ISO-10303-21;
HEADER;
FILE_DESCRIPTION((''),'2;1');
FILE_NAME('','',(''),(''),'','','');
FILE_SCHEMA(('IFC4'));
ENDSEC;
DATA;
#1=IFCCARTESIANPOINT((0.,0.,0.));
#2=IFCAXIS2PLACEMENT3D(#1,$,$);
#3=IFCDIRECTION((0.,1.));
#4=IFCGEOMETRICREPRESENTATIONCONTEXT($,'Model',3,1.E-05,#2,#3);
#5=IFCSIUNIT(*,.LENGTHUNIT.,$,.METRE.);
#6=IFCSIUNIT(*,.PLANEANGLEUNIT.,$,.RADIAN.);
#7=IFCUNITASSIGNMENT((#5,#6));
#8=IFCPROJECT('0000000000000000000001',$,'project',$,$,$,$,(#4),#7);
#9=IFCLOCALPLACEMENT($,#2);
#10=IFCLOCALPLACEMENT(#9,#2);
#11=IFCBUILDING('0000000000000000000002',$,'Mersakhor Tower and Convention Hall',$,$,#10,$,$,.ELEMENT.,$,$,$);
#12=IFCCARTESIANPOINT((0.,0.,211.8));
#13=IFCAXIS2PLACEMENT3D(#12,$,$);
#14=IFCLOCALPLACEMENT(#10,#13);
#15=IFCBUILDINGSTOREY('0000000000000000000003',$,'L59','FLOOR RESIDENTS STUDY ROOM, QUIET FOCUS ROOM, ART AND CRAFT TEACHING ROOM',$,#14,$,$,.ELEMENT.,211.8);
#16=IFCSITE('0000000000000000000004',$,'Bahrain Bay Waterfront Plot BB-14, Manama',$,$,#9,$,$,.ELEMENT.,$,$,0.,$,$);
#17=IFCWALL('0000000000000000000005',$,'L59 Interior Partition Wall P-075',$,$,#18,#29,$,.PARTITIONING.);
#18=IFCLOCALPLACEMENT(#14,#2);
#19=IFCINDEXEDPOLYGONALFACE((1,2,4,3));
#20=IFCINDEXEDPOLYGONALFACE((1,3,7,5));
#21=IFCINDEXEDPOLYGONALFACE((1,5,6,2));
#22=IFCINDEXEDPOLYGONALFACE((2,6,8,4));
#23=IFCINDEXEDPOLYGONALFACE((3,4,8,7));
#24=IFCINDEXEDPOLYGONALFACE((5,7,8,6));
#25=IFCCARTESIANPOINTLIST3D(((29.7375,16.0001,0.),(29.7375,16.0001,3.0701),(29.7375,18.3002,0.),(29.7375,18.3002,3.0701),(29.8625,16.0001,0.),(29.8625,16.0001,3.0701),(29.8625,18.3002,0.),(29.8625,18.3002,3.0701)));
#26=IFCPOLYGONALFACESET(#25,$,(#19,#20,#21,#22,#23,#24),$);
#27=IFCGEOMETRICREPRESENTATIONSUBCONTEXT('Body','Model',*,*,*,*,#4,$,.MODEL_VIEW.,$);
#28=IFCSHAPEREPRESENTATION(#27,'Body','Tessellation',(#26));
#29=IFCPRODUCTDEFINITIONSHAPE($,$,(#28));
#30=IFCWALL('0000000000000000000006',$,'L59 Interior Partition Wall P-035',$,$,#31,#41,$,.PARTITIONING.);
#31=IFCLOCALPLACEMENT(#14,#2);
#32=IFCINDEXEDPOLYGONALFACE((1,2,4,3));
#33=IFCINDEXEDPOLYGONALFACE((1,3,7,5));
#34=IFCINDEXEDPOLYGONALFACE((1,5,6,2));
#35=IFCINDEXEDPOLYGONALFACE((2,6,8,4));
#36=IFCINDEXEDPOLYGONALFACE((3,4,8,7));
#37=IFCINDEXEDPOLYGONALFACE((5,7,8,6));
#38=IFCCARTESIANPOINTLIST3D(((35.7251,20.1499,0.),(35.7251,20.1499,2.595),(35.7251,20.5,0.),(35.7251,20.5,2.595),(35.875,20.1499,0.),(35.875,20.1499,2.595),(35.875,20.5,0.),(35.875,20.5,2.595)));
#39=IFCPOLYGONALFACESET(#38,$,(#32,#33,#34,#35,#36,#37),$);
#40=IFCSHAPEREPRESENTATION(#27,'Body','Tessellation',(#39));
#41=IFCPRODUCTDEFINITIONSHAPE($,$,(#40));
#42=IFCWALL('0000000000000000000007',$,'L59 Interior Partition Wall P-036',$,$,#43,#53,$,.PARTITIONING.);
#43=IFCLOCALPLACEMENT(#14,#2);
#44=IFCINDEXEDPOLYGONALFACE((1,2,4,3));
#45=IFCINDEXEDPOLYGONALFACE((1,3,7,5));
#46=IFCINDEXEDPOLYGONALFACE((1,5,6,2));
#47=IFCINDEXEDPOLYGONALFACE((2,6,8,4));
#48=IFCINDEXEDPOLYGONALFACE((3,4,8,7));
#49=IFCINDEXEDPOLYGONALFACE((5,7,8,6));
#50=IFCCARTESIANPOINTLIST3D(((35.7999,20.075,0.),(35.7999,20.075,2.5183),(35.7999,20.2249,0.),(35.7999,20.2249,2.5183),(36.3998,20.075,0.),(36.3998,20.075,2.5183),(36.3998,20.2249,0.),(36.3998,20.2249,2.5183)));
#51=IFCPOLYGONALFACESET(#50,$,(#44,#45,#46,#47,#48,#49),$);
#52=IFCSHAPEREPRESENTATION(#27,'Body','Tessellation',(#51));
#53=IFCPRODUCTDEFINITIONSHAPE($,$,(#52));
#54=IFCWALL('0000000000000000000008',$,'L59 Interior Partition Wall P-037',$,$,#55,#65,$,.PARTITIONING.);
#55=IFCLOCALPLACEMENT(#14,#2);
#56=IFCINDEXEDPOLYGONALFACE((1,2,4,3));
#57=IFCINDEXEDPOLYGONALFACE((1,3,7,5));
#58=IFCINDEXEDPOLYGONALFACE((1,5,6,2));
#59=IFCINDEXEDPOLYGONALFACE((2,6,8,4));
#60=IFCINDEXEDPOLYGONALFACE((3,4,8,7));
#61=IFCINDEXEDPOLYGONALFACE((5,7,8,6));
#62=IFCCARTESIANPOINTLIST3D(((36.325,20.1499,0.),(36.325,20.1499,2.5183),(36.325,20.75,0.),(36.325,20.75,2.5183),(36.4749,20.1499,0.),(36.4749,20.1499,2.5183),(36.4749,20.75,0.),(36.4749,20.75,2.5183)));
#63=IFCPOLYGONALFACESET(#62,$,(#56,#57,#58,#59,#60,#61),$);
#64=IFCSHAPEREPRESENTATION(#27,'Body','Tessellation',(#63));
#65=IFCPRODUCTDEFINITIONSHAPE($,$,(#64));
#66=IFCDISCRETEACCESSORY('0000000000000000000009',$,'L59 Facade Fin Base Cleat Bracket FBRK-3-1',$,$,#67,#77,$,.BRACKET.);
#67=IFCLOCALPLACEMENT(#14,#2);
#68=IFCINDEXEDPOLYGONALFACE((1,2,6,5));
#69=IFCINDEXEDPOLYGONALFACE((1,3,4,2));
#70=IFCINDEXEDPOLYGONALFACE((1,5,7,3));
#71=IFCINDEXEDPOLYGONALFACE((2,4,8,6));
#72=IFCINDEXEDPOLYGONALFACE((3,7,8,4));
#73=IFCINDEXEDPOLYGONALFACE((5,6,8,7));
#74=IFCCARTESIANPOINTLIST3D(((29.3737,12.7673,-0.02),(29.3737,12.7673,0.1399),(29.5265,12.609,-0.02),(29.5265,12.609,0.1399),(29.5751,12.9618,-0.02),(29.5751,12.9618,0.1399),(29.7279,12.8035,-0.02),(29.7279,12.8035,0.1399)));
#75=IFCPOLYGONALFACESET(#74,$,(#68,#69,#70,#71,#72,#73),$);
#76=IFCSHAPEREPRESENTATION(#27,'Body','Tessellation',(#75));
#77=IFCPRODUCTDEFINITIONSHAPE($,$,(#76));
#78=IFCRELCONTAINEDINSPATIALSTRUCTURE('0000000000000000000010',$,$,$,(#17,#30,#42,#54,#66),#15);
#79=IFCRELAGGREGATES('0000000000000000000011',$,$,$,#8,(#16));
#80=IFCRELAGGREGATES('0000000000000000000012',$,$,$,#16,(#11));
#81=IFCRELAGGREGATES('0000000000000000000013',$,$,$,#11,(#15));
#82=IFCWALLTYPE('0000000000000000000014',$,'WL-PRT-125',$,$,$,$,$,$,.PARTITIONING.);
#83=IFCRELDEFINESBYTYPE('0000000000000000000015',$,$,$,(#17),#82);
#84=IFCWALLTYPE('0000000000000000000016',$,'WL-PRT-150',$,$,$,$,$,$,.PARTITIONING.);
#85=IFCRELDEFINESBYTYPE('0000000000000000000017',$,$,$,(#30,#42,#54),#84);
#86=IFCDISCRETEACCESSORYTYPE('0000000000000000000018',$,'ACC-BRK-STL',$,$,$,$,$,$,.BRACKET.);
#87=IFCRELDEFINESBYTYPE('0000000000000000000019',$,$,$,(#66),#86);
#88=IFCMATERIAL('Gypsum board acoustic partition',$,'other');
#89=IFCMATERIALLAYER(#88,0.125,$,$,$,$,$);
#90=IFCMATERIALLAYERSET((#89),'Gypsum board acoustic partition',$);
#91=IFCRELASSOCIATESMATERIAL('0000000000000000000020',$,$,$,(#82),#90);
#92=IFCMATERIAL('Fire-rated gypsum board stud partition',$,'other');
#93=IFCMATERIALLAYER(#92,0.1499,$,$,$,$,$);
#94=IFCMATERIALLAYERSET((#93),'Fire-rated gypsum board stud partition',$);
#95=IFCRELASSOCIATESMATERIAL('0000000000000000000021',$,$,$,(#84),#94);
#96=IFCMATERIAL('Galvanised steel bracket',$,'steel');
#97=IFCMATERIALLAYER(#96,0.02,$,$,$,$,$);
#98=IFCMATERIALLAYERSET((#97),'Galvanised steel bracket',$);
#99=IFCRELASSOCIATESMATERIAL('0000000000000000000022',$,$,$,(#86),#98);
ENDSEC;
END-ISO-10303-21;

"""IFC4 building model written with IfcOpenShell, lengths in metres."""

from ifc_helpers import new_model, si_unit, direction, frame, frame_2d, origin, origin_2d, place, context, subcontext, project, spatial, rectangle, extrude, material, layer, layer_set, type_object, element, save


model = new_model("IFC4")

# Units and contexts
model_context = context("Model", 3, precision=1e-05, world=origin(), true_north=direction((0.0, 1.0)))
body_context = subcontext(model_context, "Body", "Model", "MODEL_VIEW")
ifc_project = project(units=[si_unit("LENGTHUNIT", "METRE"), si_unit("PLANEANGLEUNIT", "RADIAN")], contexts=[model_context])

# Site, building, storey
site_placement = place(None, origin())
site = spatial("IfcSite", under=ifc_project, at=site_placement, Name="Bahrain Bay Waterfront Plot BB-14, Manama", CompositionType="ELEMENT", RefElevation=0.0)
building_placement = place(site_placement, origin())
building = spatial("IfcBuilding", under=site, at=building_placement, Name="Mersakhor Tower and Convention Hall", CompositionType="ELEMENT")
storey_placement = place(building_placement, frame((0.0, 0.0, 211.8)))
storey = spatial("IfcBuildingStorey", under=building, at=storey_placement, Name="L59", Description="FLOOR RESIDENTS STUDY ROOM, QUIET FOCUS ROOM, ART AND CRAFT TEACHING ROOM", CompositionType="ELEMENT", Elevation=211.8)

# Walls
ifc_material_1 = material(Name="Gypsum board acoustic partition", Category="other")
ifc_layer_1 = layer(ifc_material_1, 0.125)
ifc_layer_set_1 = layer_set([ifc_layer_1], Name="Gypsum board acoustic partition")
wall_type_1 = type_object("IfcWallType", Name="WL-PRT-125", PredefinedType="PARTITIONING", material=ifc_layer_set_1)
wall_1_placement = place(storey_placement, frame((29.8, 18.3, 0.0), z_axis=(0.0, 0.0, 1.0), x_axis=(0.0, -1.0, 0.0)))
element("IfcWall", 1, at=wall_1_placement, inside=storey, type_object=wall_type_1, Name="L59 Interior Partition Wall P-075", PredefinedType="PARTITIONING", context=body_context, shape_type="SweptSolid", body=[
    extrude(rectangle(XDim=2.3, YDim=0.125, at=frame_2d((1.1499, 0.0))), origin(), (0.0, 0.0, 1.0), 3.0701),
])
ifc_material_2 = material(Name="Fire-rated gypsum board stud partition", Category="other")
ifc_layer_2 = layer(ifc_material_2, 0.1499)
ifc_layer_set_2 = layer_set([ifc_layer_2], Name="Fire-rated gypsum board stud partition")
wall_type_2 = type_object("IfcWallType", Name="WL-PRT-150", PredefinedType="PARTITIONING", material=ifc_layer_set_2)
wall_2_placement = place(storey_placement, frame((35.8, 20.5, 0.0), z_axis=(0.0, 0.0, 1.0), x_axis=(0.0, -1.0, 0.0)))
element("IfcWall", 2, at=wall_2_placement, inside=storey, type_object=wall_type_2, Name="L59 Interior Partition Wall P-035", PredefinedType="PARTITIONING", context=body_context, shape_type="SweptSolid", body=[
    extrude(rectangle(XDim=0.3501, YDim=0.1499, at=frame_2d((0.175, 0.0))), origin(), (0.0, 0.0, 1.0), 2.595),
])
wall_3_placement = place(storey_placement, frame((35.8, 20.1499, 0.0), z_axis=(0.0, 0.0, 1.0), x_axis=(1.0, 0.0, 0.0)))
element("IfcWall", 3, at=wall_3_placement, inside=storey, type_object=wall_type_2, Name="L59 Interior Partition Wall P-036", PredefinedType="PARTITIONING", context=body_context, shape_type="SweptSolid", body=[
    extrude(rectangle(XDim=0.5999, YDim=0.1499, at=frame_2d((0.2998, 0.0))), origin(), (0.0, 0.0, 1.0), 2.5183),
])
wall_4_placement = place(storey_placement, frame((36.3999, 20.1499, 0.0), z_axis=(0.0, 0.0, 1.0), x_axis=(0.0, 1.0, 0.0)))
element("IfcWall", 4, at=wall_4_placement, inside=storey, type_object=wall_type_2, Name="L59 Interior Partition Wall P-037", PredefinedType="PARTITIONING", context=body_context, shape_type="SweptSolid", body=[
    extrude(rectangle(XDim=0.6001, YDim=0.1499, at=frame_2d((0.3, 0.0))), origin(), (0.0, 0.0, 1.0), 2.5183),
])

# Discrete accessory
ifc_material_3 = material(Name="Galvanised steel bracket", Category="steel")
ifc_layer_3 = layer(ifc_material_3, 0.02)
ifc_layer_set_3 = layer_set([ifc_layer_3], Name="Galvanised steel bracket")
discrete_accessory_type = type_object("IfcDiscreteAccessoryType", Name="ACC-BRK-STL", PredefinedType="BRACKET", material=ifc_layer_set_3)
discrete_accessory_placement = place(storey_placement, frame((29.5508, 12.7854, -0.02), z_axis=(0.0, 0.0, 1.0), x_axis=(-0.71934, -0.694658, 0.0)))
element("IfcDiscreteAccessory", 5, at=discrete_accessory_placement, inside=storey, type_object=discrete_accessory_type, Name="L59 Facade Fin Base Cleat Bracket FBRK-3-1", PredefinedType="BRACKET", context=body_context, shape_type="SweptSolid", body=[
    extrude(rectangle(XDim=0.28, YDim=0.22, at=origin_2d()), origin(), (0.0, 0.0, 1.0), 0.1599),
])

save(model, "model.ifc")
